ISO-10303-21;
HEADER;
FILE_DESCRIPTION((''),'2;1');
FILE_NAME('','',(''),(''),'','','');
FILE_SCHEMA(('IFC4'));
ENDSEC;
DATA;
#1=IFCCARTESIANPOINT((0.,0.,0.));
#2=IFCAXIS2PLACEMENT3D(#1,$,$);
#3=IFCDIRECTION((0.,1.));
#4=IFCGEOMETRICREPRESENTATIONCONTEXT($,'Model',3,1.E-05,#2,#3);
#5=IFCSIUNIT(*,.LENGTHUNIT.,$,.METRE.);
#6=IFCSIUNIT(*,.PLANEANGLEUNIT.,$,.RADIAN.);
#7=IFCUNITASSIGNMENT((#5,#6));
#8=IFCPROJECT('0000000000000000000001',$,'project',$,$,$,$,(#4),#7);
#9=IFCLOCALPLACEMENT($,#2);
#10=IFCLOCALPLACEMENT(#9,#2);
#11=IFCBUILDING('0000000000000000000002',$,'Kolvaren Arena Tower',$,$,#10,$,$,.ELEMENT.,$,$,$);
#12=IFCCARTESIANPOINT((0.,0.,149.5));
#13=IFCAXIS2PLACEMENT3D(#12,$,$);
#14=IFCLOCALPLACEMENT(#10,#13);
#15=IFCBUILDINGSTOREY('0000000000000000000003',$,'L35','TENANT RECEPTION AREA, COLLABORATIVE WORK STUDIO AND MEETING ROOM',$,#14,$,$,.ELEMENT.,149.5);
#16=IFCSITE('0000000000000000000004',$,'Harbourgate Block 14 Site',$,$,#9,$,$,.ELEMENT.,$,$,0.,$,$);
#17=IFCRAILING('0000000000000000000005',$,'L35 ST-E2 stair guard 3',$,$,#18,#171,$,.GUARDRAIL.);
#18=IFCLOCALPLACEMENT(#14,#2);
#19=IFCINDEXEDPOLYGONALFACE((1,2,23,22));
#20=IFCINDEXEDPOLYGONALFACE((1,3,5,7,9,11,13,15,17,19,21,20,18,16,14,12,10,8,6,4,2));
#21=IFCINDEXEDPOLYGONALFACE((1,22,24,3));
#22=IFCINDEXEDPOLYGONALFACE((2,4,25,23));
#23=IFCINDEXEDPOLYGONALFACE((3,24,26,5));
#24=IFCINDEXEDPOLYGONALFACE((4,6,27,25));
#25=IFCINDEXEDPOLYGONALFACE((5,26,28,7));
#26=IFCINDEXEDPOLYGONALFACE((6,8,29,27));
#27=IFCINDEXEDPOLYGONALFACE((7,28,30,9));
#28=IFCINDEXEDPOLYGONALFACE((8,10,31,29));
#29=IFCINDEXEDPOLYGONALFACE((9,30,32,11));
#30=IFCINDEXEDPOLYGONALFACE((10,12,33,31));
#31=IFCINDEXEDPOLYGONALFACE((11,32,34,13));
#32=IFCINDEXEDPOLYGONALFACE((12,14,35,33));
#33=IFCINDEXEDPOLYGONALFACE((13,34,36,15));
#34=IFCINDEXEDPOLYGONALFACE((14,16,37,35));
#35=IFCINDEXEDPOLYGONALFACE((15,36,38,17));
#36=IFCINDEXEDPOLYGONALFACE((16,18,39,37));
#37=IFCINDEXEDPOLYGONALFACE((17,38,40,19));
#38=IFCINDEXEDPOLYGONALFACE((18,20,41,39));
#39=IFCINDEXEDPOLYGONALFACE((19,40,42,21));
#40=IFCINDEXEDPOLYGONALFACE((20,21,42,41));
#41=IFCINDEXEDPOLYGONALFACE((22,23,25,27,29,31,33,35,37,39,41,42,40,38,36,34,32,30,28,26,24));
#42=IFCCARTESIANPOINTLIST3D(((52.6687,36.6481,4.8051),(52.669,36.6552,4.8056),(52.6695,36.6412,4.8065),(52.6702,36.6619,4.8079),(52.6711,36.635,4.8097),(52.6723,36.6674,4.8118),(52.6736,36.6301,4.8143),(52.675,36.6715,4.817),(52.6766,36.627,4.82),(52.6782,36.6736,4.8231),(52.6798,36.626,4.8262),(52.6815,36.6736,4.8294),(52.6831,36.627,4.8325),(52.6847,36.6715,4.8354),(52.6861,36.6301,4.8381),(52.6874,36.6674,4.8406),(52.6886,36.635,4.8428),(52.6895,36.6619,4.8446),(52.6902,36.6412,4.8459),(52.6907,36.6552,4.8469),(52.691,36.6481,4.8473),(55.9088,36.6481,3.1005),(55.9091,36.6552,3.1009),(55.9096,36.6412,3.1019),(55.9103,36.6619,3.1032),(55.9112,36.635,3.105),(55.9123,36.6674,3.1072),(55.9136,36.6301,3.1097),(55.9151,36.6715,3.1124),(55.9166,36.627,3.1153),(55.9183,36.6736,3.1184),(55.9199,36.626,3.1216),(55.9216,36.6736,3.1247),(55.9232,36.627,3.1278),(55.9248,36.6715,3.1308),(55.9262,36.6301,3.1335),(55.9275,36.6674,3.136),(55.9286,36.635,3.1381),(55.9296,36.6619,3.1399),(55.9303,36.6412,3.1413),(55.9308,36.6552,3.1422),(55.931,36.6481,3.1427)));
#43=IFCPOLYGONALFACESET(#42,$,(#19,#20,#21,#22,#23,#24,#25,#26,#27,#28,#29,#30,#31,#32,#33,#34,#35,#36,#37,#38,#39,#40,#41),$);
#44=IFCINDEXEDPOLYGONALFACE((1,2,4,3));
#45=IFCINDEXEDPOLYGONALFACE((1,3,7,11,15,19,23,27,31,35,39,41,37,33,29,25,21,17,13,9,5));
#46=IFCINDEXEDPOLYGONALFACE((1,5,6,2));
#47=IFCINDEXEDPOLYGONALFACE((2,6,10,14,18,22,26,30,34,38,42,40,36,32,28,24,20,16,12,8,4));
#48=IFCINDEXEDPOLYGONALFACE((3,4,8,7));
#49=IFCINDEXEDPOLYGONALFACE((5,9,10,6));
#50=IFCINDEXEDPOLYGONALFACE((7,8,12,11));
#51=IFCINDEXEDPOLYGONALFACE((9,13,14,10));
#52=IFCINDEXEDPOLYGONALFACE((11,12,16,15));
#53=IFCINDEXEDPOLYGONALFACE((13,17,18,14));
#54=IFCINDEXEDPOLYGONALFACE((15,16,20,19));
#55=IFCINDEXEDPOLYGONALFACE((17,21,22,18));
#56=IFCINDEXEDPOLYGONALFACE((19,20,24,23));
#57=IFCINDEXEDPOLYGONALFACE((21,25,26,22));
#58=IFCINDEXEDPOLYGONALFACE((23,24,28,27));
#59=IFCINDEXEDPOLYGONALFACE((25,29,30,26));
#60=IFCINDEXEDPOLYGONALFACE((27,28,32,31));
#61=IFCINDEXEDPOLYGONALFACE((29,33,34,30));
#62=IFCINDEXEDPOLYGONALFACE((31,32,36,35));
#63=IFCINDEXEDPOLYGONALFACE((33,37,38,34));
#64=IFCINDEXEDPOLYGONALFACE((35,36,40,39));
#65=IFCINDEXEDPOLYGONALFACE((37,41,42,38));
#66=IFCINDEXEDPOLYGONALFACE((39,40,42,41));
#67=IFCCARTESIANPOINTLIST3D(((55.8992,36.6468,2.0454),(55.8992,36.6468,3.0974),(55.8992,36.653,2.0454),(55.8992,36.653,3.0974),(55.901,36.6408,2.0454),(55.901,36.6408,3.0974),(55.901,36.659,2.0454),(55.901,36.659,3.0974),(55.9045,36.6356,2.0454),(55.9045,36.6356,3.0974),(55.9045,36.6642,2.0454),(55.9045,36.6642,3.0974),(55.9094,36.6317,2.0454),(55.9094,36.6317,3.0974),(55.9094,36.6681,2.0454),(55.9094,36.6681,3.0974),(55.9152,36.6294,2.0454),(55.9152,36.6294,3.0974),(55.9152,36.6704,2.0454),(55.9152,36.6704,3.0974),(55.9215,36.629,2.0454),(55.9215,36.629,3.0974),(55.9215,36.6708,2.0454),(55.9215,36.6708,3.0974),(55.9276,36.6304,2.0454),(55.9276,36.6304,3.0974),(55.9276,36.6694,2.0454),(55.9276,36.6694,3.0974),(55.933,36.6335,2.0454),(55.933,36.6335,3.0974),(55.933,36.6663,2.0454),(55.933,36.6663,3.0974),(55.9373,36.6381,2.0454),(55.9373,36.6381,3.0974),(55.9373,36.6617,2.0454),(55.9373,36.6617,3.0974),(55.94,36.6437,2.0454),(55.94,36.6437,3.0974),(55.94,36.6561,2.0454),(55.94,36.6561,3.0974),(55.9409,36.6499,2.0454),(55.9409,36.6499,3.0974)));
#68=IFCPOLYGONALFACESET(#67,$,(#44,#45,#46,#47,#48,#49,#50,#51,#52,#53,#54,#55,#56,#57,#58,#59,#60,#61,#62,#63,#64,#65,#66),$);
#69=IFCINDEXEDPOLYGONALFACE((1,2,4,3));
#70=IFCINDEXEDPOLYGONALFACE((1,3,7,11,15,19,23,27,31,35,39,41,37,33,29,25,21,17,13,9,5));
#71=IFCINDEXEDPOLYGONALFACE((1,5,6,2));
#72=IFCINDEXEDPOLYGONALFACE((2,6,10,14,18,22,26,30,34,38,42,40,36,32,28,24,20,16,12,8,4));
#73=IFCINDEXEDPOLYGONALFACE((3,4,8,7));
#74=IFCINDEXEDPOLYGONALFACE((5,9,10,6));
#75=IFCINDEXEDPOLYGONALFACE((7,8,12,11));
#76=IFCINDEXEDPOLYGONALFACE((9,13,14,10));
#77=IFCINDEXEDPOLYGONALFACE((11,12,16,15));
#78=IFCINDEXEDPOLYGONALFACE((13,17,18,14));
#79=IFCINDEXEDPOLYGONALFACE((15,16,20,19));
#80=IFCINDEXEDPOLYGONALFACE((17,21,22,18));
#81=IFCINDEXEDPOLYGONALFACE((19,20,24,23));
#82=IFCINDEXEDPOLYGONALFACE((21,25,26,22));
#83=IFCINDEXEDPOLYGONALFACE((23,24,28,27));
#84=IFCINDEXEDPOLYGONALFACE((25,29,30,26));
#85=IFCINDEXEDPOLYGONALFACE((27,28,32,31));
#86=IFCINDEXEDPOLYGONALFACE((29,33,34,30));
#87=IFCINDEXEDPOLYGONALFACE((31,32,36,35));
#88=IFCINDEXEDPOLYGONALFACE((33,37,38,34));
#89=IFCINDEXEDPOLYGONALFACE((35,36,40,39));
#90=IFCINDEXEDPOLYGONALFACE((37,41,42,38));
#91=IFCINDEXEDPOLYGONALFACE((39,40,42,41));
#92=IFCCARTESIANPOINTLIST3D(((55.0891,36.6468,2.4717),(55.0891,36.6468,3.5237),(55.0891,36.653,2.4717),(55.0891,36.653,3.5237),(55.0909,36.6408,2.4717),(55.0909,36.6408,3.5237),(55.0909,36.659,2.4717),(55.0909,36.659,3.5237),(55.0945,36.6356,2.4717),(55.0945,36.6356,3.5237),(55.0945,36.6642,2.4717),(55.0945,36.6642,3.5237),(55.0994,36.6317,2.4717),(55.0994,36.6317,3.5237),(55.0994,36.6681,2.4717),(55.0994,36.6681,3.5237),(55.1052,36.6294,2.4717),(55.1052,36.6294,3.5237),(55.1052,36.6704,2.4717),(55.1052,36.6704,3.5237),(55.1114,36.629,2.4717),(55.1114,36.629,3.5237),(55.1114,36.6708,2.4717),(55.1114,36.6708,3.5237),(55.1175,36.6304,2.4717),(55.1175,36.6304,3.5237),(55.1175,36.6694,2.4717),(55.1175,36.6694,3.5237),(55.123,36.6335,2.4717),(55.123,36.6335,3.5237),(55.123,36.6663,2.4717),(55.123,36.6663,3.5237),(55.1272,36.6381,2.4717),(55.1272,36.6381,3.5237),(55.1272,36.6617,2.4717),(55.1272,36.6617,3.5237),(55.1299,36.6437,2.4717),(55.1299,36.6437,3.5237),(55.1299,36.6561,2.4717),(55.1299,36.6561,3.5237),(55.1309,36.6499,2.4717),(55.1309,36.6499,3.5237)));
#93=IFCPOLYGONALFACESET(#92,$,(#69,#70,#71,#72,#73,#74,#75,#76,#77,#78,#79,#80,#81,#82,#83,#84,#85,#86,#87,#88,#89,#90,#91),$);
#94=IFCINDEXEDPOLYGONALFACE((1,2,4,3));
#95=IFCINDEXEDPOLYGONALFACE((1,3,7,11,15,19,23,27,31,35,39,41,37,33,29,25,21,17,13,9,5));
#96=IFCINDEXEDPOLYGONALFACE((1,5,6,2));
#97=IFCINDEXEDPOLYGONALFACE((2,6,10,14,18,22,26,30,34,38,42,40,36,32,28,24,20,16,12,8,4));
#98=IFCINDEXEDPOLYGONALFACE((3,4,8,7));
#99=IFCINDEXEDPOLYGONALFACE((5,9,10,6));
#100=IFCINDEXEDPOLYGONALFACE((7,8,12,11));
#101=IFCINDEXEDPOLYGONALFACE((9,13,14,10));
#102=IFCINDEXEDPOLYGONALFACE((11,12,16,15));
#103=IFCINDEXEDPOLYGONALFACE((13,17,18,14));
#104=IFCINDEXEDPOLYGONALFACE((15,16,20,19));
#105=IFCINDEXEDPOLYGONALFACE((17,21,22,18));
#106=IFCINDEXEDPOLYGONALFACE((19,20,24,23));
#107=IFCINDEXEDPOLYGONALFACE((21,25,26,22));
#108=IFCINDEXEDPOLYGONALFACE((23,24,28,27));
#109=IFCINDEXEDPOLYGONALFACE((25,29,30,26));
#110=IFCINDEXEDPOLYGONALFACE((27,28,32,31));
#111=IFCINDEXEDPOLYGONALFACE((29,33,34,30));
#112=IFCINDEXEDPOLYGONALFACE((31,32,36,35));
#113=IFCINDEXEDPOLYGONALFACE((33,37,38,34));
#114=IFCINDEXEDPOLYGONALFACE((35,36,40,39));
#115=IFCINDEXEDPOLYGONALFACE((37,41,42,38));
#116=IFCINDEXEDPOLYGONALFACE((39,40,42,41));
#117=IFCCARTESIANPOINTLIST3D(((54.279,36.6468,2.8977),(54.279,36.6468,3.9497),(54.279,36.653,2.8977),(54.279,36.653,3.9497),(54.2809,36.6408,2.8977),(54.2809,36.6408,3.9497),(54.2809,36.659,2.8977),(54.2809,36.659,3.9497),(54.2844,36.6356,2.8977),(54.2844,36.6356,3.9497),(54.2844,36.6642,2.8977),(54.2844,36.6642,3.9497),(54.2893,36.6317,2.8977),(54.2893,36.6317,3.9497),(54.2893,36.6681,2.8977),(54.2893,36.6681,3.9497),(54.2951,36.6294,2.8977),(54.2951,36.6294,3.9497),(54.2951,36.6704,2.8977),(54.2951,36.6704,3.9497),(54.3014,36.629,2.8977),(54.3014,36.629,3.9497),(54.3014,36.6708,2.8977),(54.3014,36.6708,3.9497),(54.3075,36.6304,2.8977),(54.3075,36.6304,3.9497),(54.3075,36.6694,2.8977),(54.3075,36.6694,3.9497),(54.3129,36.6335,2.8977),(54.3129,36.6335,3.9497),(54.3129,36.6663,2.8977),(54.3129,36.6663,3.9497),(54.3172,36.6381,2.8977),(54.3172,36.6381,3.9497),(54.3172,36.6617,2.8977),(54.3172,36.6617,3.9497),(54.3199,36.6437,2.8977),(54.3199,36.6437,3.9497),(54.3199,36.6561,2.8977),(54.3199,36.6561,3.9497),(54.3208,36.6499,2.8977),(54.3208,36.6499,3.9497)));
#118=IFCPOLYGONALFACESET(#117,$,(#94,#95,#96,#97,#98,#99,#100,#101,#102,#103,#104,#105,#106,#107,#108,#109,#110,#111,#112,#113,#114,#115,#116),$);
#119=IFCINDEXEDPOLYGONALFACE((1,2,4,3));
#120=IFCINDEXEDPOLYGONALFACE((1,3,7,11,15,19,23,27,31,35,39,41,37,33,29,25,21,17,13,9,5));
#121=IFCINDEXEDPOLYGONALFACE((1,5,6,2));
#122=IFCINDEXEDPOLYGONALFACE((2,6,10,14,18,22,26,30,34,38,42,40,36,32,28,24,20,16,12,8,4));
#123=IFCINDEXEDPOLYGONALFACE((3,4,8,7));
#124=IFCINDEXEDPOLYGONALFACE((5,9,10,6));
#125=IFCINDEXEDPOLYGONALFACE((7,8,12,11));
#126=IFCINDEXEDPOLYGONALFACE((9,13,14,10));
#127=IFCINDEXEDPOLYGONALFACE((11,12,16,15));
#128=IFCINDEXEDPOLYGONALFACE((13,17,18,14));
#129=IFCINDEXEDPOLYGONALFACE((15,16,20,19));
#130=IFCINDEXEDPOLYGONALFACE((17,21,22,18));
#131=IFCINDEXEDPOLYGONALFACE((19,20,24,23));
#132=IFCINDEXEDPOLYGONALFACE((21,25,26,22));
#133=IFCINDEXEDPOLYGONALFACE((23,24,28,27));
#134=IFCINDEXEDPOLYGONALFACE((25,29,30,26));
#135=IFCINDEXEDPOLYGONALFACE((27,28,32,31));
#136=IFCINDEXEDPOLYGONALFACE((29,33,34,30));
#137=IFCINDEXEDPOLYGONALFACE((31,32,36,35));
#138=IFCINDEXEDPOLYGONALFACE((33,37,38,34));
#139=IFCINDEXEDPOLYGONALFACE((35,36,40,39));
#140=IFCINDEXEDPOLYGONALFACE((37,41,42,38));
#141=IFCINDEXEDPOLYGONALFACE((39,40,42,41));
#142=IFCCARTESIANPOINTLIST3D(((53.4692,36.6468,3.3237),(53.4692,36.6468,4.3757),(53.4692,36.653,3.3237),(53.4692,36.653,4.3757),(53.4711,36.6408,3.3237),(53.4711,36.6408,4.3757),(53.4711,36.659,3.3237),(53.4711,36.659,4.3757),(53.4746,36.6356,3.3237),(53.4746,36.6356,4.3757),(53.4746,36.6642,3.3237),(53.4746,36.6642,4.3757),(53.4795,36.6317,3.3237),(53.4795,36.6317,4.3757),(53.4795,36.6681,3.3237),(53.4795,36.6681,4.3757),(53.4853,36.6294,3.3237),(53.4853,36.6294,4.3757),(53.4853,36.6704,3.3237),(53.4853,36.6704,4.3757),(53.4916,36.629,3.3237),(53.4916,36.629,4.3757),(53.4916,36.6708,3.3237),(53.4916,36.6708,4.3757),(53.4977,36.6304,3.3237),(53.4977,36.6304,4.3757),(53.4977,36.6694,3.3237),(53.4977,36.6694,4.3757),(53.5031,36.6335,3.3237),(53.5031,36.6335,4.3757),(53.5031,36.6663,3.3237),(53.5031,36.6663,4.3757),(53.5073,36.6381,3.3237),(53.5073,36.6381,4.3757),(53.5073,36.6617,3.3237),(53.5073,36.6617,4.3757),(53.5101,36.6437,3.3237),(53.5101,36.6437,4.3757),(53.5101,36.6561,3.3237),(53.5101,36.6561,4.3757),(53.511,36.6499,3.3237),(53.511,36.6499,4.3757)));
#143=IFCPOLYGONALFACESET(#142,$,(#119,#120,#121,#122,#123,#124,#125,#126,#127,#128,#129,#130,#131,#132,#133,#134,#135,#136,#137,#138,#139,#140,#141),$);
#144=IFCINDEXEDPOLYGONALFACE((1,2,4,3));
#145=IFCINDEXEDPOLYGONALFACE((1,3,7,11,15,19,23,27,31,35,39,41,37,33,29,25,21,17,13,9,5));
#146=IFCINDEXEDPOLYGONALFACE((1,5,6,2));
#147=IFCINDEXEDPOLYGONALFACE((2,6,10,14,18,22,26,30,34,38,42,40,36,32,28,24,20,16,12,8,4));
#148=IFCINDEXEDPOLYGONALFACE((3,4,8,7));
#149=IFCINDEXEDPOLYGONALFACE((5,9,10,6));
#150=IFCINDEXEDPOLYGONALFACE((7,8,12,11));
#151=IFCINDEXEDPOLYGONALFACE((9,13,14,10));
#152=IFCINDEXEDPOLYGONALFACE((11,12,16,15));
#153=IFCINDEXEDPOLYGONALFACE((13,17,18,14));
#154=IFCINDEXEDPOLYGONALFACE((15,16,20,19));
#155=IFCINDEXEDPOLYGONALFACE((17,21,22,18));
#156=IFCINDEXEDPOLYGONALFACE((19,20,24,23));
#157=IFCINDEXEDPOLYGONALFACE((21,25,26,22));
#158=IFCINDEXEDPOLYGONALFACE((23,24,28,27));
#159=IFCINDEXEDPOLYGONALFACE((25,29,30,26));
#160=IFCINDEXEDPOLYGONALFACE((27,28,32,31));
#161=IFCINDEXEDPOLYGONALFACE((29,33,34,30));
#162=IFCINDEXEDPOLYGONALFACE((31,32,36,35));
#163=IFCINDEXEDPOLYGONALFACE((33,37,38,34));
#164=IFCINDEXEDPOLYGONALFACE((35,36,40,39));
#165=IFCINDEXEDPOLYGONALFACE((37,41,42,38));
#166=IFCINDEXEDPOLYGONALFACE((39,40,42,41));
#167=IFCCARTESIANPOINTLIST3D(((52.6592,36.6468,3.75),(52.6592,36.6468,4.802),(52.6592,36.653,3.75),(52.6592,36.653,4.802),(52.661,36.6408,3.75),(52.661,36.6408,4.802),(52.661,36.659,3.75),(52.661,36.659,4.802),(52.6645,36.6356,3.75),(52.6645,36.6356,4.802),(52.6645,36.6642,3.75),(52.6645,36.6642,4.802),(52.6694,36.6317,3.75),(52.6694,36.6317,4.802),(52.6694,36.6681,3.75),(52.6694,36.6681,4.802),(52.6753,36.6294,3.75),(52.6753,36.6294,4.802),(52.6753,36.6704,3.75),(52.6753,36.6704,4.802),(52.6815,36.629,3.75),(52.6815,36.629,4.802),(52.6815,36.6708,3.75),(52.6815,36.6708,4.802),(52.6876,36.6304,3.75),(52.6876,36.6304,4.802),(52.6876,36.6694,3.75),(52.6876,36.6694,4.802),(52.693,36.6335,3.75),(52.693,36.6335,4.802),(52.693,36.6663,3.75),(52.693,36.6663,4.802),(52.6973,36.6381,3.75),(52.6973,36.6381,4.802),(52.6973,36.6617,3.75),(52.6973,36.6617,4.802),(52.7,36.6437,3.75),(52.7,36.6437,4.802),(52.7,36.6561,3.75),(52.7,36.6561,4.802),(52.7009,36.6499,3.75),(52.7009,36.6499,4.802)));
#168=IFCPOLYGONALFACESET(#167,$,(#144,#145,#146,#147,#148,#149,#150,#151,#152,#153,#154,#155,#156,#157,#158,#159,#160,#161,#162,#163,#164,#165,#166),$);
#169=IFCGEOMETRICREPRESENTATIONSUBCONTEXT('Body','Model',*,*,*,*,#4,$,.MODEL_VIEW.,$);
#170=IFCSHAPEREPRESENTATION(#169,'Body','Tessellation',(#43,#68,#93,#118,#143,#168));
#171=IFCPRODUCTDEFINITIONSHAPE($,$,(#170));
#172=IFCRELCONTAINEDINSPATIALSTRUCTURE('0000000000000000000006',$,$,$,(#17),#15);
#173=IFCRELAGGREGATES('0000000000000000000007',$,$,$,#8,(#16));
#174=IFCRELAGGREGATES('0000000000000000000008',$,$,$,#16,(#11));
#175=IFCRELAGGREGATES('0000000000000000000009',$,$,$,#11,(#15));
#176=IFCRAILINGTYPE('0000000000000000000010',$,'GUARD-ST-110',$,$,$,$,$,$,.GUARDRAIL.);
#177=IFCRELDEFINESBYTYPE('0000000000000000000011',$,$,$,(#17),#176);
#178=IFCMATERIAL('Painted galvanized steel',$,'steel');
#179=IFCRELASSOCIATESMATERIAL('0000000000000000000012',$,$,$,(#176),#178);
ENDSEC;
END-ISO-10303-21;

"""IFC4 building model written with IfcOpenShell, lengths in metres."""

from ifc_helpers import new_model, si_unit, direction, frame, origin, origin_2d, place, context, subcontext, project, spatial, circle, extrude, material, type_object, element, save


model = new_model("IFC4")

# Units and contexts
model_context = context("Model", 3, precision=1e-05, world=origin(), true_north=direction((0.0, 1.0)))
body_context = subcontext(model_context, "Body", "Model", "MODEL_VIEW")
ifc_project = project(units=[si_unit("LENGTHUNIT", "METRE"), si_unit("PLANEANGLEUNIT", "RADIAN")], contexts=[model_context])

# Site, building, storey
site_placement = place(None, origin())
site = spatial("IfcSite", under=ifc_project, at=site_placement, Name="Harbourgate Block 14 Site", CompositionType="ELEMENT", RefElevation=0.0)
building_placement = place(site_placement, origin())
building = spatial("IfcBuilding", under=site, at=building_placement, Name="Kolvaren Arena Tower", CompositionType="ELEMENT")
storey_placement = place(building_placement, frame((0.0, 0.0, 149.5)))
storey = spatial("IfcBuildingStorey", under=building, at=storey_placement, Name="L35", Description="TENANT RECEPTION AREA, COLLABORATIVE WORK STUDIO AND MEETING ROOM", CompositionType="ELEMENT", Elevation=149.5)

# Railing
ifc_material_1 = material(Name="Painted galvanized steel", Category="steel")
railing_type_1 = type_object("IfcRailingType", Name="GUARD-ST-110", PredefinedType="GUARDRAIL", material=ifc_material_1)
railing_1_placement = place(storey_placement, frame((55.9199, 36.6499, 2.0454)))
element("IfcRailing", 1, at=railing_1_placement, inside=storey, type_object=railing_type_1, Name="L35 ST-E2 stair guard 3", PredefinedType="GUARDRAIL", context=body_context, shape_type="SweptSolid", body=[
    extrude(circle(Radius=0.0239, at=origin_2d()), frame((0.0, 0.0, 1.0762), z_axis=(-0.884993, 0.0, 0.465604), x_axis=(0.0, -1.0, 0.0)), (0.0, 0.0, 1.0), 3.6611),
    extrude(circle(Radius=0.021, at=origin_2d()), origin(), (0.0, 0.0, 1.0), 1.052),
    extrude(circle(Radius=0.021, at=origin_2d()), frame((-0.8101, 0.0, 0.4263)), (0.0, 0.0, 1.0), 1.052),
    extrude(circle(Radius=0.021, at=origin_2d()), frame((-1.6201, 0.0, 0.8523)), (0.0, 0.0, 1.0), 1.052),
    extrude(circle(Radius=0.021, at=origin_2d()), frame((-2.4299, 0.0, 1.2783)), (0.0, 0.0, 1.0), 1.052),
    extrude(circle(Radius=0.021, at=origin_2d()), frame((-3.24, 0.0, 1.7046)), (0.0, 0.0, 1.0), 1.052),
])

save(model, "model.ifc")
